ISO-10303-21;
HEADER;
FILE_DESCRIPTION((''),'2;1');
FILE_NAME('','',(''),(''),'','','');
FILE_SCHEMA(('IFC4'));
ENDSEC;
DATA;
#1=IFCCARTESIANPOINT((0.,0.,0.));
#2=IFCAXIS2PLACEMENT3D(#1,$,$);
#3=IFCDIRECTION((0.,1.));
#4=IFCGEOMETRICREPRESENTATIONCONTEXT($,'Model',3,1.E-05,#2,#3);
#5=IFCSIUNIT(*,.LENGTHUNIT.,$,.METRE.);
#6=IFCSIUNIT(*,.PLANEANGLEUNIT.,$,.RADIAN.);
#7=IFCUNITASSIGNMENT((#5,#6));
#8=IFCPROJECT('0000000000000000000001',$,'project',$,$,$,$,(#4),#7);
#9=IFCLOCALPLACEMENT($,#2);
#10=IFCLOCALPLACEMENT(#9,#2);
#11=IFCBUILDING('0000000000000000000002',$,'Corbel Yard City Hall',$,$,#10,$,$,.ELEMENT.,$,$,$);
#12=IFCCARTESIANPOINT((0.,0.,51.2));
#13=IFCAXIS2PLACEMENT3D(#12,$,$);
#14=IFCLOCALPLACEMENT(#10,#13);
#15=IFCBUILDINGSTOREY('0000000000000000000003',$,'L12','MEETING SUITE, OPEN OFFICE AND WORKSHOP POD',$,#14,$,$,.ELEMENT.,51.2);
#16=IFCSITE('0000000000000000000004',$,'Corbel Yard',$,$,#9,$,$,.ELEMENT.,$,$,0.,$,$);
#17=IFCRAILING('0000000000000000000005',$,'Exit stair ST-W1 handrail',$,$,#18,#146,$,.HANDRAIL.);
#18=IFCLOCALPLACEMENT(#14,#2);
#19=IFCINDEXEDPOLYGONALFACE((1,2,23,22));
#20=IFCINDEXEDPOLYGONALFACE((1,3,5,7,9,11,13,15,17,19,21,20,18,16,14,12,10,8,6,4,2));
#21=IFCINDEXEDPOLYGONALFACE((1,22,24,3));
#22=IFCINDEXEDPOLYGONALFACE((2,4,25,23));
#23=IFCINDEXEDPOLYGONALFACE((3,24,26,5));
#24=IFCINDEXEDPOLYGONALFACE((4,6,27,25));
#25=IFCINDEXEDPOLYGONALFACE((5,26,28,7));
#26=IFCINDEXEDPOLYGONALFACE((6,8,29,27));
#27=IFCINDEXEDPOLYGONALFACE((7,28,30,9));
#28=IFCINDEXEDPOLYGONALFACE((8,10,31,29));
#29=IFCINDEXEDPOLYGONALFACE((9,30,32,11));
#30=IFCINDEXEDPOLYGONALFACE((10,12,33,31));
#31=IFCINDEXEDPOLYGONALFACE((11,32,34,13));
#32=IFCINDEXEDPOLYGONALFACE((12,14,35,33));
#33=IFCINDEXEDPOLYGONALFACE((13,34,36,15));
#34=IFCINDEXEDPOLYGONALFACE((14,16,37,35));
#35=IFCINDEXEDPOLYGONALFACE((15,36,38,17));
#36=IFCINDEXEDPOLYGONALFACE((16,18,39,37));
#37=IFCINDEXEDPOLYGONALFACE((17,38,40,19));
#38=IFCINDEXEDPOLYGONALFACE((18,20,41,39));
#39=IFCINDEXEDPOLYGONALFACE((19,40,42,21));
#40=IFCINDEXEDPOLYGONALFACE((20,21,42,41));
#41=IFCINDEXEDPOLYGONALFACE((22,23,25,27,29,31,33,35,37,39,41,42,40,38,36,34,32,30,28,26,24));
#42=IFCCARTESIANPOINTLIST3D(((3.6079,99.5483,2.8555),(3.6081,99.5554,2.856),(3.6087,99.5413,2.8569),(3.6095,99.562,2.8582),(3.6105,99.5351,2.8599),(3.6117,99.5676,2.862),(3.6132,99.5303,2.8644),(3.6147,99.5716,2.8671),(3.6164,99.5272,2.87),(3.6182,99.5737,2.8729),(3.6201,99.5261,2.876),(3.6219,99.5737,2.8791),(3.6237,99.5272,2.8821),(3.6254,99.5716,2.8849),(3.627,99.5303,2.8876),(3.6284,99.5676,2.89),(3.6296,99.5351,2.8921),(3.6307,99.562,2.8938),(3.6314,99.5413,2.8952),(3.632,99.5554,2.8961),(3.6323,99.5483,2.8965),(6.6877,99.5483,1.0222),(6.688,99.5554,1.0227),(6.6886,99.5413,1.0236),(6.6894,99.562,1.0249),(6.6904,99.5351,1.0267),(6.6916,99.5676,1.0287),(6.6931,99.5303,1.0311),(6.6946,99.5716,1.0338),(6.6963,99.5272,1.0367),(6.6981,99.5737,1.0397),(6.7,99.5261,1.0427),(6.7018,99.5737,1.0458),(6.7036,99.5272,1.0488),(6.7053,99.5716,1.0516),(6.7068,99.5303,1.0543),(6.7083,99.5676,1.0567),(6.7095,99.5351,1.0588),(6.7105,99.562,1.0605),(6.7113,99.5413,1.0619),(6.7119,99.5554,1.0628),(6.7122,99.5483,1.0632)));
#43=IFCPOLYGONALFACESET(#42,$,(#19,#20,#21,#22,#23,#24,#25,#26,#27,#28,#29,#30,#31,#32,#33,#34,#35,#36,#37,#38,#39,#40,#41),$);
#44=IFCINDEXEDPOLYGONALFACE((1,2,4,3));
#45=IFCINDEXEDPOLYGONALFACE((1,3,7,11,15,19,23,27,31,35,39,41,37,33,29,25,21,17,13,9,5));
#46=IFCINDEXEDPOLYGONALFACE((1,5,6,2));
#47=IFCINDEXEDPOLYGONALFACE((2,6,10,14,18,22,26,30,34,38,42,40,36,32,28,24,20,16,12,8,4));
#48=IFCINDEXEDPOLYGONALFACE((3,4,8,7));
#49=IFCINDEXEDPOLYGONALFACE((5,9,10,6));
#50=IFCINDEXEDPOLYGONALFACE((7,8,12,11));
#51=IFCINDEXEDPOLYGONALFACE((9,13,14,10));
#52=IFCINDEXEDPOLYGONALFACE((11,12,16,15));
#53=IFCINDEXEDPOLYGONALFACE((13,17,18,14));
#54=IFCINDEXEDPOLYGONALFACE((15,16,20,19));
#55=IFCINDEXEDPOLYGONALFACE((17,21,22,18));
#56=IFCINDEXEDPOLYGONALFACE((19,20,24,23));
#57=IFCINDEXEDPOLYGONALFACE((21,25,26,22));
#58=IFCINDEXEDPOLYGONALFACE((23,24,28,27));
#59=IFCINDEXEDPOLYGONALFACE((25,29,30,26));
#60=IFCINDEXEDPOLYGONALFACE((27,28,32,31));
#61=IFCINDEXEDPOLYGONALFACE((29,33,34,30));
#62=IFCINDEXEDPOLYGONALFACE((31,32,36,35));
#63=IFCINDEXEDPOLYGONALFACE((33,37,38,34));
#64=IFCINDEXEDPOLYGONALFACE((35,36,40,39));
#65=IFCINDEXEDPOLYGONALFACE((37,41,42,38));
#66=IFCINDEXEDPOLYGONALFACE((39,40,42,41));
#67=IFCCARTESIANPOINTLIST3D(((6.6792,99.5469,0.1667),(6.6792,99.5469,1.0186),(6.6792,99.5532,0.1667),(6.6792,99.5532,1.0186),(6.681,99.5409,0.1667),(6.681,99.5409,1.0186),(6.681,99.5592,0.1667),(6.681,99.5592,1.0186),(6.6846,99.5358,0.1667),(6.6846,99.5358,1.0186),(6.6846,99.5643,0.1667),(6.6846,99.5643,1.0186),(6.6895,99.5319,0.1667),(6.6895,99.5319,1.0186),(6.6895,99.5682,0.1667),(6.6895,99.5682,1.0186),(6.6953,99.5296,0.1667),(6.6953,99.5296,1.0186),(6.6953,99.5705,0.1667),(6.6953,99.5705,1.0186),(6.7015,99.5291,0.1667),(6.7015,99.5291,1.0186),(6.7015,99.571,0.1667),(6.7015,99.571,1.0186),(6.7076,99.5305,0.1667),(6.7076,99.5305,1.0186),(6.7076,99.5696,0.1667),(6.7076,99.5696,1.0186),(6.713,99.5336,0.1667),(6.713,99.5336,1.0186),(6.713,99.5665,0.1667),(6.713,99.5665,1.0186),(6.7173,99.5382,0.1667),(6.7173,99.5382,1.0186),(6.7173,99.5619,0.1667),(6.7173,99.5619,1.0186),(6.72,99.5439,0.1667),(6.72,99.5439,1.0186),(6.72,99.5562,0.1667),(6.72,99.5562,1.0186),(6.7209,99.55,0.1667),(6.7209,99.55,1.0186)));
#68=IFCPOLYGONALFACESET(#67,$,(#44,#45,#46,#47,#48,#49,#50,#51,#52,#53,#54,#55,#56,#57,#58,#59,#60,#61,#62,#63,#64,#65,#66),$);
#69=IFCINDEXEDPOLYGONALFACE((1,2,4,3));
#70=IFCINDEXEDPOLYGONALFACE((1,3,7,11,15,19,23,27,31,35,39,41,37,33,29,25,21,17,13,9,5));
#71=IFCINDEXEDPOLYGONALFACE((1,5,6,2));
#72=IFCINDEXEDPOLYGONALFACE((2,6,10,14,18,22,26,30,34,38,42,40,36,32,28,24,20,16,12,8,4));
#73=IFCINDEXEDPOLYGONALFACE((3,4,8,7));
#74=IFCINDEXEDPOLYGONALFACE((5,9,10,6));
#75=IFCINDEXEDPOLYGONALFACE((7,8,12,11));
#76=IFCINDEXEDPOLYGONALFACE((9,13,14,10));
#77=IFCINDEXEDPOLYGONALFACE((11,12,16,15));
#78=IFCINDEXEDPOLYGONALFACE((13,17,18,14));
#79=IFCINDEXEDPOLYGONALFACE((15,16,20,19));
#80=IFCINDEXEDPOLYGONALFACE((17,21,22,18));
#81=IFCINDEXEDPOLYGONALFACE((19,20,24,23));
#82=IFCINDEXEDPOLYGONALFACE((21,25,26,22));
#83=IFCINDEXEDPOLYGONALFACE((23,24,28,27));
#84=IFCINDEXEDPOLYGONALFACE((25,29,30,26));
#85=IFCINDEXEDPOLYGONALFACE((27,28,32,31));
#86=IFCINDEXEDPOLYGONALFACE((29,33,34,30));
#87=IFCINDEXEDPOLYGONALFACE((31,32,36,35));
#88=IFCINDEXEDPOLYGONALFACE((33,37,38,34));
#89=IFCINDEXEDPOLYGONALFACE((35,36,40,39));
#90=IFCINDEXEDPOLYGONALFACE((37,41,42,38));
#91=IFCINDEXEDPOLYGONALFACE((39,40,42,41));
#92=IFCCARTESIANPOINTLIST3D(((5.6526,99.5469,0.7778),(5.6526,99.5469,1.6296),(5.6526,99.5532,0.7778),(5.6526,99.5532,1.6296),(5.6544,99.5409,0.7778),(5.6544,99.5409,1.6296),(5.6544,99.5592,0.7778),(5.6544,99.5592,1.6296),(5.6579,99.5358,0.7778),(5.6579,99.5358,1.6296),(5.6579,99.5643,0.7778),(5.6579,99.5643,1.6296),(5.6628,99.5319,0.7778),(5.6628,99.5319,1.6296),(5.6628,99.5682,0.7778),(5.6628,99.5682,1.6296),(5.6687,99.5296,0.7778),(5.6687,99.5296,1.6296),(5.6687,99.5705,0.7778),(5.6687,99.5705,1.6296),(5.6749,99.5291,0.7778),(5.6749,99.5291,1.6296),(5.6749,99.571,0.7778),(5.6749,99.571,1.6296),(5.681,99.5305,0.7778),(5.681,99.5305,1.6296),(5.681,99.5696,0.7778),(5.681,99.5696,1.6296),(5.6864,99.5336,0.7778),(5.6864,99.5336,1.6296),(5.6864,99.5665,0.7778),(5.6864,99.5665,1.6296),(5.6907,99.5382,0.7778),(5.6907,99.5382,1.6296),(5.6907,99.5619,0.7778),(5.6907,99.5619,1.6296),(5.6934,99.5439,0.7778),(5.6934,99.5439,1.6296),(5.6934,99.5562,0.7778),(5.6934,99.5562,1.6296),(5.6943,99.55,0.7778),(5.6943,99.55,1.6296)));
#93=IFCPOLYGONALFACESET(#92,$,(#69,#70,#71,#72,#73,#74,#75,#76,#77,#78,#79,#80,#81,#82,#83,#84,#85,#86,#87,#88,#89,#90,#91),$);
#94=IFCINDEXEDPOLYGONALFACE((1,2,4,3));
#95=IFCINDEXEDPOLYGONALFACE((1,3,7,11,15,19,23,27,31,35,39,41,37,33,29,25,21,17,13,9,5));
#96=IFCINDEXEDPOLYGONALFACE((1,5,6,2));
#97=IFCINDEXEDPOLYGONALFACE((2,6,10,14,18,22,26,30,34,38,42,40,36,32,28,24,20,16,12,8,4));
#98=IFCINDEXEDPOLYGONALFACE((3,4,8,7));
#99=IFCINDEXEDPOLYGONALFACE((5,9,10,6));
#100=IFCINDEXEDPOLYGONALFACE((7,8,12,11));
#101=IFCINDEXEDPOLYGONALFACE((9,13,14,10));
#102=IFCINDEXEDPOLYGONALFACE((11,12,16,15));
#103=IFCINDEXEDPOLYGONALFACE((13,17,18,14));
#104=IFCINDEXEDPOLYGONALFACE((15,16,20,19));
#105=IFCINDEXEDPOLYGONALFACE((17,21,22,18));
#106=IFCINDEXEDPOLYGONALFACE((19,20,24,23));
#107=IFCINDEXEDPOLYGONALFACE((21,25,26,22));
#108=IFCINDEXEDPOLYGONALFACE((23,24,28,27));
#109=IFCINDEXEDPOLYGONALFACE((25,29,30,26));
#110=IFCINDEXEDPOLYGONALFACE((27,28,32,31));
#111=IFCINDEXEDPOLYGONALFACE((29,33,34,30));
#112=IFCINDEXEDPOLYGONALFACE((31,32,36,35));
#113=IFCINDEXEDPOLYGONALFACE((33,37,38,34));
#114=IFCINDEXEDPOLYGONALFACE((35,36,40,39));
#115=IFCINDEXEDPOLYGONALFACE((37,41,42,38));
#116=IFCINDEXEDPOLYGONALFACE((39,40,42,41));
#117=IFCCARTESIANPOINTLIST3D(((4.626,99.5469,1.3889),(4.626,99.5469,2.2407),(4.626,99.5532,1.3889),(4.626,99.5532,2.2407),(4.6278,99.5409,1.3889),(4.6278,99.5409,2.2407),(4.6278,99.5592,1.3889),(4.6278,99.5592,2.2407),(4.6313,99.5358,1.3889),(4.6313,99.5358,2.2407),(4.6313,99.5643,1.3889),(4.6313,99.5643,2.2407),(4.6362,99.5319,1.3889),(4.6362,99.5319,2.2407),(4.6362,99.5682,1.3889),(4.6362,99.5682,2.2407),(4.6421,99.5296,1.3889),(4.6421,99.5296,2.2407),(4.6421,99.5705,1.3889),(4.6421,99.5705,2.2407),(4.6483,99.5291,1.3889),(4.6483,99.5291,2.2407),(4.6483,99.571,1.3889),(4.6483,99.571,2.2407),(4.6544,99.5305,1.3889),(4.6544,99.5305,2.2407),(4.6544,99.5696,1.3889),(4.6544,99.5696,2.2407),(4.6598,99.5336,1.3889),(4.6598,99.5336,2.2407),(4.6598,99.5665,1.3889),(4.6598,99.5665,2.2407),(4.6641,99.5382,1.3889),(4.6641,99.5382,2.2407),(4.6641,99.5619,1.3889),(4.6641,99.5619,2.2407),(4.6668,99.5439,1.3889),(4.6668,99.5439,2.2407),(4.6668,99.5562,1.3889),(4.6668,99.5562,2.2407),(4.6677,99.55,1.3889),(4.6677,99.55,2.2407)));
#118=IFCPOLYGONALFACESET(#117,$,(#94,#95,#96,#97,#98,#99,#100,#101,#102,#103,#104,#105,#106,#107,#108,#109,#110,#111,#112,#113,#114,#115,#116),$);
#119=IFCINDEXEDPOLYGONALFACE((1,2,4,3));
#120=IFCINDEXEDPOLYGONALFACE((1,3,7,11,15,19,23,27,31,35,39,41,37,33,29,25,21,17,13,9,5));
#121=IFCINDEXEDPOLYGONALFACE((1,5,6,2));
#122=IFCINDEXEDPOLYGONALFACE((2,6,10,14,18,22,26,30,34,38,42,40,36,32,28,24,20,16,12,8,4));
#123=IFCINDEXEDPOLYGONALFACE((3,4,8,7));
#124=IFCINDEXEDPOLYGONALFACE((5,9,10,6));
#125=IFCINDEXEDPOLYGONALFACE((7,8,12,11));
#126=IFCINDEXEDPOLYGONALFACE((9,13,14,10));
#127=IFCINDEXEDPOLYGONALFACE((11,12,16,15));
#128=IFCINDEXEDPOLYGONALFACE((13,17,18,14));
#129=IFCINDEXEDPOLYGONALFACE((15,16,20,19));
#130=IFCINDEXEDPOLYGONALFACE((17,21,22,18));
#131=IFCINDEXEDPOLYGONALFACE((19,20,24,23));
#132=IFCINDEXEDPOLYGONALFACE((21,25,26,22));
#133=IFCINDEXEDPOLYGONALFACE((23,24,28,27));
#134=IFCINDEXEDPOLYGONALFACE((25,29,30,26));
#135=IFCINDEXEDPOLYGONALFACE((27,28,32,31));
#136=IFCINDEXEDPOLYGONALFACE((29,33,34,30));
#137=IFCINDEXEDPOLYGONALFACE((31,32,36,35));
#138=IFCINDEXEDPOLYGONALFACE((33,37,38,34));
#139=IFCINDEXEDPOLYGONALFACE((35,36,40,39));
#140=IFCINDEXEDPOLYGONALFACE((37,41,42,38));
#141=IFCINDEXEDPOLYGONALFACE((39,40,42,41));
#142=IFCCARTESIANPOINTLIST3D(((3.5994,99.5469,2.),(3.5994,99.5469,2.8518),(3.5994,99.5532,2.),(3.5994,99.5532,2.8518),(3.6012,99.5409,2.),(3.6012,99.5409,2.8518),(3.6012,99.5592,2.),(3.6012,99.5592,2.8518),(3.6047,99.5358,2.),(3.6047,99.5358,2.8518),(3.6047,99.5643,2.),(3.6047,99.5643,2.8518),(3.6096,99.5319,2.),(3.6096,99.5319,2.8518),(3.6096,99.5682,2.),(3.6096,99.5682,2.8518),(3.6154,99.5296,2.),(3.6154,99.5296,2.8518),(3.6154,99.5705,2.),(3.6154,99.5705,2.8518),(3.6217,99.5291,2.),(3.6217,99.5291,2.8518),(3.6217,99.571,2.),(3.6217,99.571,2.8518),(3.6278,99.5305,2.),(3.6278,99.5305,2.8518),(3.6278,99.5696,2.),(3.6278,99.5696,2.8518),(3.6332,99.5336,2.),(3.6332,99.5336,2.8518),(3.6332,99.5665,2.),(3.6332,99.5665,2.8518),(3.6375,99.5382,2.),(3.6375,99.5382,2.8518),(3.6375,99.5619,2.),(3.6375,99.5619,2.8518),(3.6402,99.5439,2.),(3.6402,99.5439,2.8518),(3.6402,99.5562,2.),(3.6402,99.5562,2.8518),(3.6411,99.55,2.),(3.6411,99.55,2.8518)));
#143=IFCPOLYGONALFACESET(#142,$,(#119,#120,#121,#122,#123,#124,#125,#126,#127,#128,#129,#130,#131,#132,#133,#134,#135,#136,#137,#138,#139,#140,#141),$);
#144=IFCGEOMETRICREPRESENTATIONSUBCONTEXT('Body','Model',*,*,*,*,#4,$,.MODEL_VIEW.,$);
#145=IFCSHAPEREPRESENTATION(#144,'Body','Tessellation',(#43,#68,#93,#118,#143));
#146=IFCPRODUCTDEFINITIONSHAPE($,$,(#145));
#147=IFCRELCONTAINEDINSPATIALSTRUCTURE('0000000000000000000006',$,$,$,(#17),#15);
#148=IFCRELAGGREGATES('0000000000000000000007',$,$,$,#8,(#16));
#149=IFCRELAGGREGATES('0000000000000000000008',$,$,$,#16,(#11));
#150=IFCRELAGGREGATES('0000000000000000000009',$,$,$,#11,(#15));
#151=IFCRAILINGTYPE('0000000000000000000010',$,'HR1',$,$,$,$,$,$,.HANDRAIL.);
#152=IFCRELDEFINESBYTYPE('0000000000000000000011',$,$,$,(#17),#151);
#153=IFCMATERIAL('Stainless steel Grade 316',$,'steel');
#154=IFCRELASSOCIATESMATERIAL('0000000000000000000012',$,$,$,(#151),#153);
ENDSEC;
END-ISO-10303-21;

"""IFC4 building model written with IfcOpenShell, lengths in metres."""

from ifc_helpers import new_model, si_unit, direction, frame, origin, origin_2d, place, context, subcontext, project, spatial, circle, extrude, material, type_object, element, save


model = new_model("IFC4")

# Units and contexts
model_context = context("Model", 3, precision=1e-05, world=origin(), true_north=direction((0.0, 1.0)))
body_context = subcontext(model_context, "Body", "Model", "MODEL_VIEW")
ifc_project = project(units=[si_unit("LENGTHUNIT", "METRE"), si_unit("PLANEANGLEUNIT", "RADIAN")], contexts=[model_context])

# Site, building, storey
site_placement = place(None, origin())
site = spatial("IfcSite", under=ifc_project, at=site_placement, Name="Corbel Yard", CompositionType="ELEMENT", RefElevation=0.0)
building_placement = place(site_placement, origin())
building = spatial("IfcBuilding", under=site, at=building_placement, Name="Corbel Yard City Hall", CompositionType="ELEMENT")
storey_placement = place(building_placement, frame((0.0, 0.0, 51.2)))
storey = spatial("IfcBuildingStorey", under=building, at=storey_placement, Name="L12", Description="MEETING SUITE, OPEN OFFICE AND WORKSHOP POD", CompositionType="ELEMENT", Elevation=51.2)

# Railing
ifc_material_1 = material(Name="Stainless steel Grade 316", Category="steel")
railing_type = type_object("IfcRailingType", Name="HR1", PredefinedType="HANDRAIL", material=ifc_material_1)
for number, where, name in (
    (1, (6.7, 99.55, 0.1667), "Exit stair ST-W1 handrail"),
):
    element("IfcRailing", number, at=place(storey_placement, frame(where)), inside=storey, type_object=railing_type, Name=name, PredefinedType="HANDRAIL", context=body_context, shape_type="SweptSolid", body=[
        extrude(circle(Radius=0.0239, at=origin_2d()), frame((0.0, 0.0, 0.876), z_axis=(-0.859291, 0.0, 0.511487), x_axis=(0.0, -1.0, 0.0)), (0.0, 0.0, 1.0), 3.5842),
        extrude(circle(Radius=0.021, at=origin_2d()), origin(), (0.0, 0.0, 1.0), 0.8518),
        extrude(circle(Radius=0.021, at=origin_2d()), frame((-1.0266, 0.0, 0.6111)), (0.0, 0.0, 1.0), 0.8518),
        extrude(circle(Radius=0.021, at=origin_2d()), frame((-2.0532, 0.0, 1.2222)), (0.0, 0.0, 1.0), 0.8518),
        extrude(circle(Radius=0.021, at=origin_2d()), frame((-3.0798, 0.0, 1.8333)), (0.0, 0.0, 1.0), 0.8518),
    ])

save(model, "model.ifc")
